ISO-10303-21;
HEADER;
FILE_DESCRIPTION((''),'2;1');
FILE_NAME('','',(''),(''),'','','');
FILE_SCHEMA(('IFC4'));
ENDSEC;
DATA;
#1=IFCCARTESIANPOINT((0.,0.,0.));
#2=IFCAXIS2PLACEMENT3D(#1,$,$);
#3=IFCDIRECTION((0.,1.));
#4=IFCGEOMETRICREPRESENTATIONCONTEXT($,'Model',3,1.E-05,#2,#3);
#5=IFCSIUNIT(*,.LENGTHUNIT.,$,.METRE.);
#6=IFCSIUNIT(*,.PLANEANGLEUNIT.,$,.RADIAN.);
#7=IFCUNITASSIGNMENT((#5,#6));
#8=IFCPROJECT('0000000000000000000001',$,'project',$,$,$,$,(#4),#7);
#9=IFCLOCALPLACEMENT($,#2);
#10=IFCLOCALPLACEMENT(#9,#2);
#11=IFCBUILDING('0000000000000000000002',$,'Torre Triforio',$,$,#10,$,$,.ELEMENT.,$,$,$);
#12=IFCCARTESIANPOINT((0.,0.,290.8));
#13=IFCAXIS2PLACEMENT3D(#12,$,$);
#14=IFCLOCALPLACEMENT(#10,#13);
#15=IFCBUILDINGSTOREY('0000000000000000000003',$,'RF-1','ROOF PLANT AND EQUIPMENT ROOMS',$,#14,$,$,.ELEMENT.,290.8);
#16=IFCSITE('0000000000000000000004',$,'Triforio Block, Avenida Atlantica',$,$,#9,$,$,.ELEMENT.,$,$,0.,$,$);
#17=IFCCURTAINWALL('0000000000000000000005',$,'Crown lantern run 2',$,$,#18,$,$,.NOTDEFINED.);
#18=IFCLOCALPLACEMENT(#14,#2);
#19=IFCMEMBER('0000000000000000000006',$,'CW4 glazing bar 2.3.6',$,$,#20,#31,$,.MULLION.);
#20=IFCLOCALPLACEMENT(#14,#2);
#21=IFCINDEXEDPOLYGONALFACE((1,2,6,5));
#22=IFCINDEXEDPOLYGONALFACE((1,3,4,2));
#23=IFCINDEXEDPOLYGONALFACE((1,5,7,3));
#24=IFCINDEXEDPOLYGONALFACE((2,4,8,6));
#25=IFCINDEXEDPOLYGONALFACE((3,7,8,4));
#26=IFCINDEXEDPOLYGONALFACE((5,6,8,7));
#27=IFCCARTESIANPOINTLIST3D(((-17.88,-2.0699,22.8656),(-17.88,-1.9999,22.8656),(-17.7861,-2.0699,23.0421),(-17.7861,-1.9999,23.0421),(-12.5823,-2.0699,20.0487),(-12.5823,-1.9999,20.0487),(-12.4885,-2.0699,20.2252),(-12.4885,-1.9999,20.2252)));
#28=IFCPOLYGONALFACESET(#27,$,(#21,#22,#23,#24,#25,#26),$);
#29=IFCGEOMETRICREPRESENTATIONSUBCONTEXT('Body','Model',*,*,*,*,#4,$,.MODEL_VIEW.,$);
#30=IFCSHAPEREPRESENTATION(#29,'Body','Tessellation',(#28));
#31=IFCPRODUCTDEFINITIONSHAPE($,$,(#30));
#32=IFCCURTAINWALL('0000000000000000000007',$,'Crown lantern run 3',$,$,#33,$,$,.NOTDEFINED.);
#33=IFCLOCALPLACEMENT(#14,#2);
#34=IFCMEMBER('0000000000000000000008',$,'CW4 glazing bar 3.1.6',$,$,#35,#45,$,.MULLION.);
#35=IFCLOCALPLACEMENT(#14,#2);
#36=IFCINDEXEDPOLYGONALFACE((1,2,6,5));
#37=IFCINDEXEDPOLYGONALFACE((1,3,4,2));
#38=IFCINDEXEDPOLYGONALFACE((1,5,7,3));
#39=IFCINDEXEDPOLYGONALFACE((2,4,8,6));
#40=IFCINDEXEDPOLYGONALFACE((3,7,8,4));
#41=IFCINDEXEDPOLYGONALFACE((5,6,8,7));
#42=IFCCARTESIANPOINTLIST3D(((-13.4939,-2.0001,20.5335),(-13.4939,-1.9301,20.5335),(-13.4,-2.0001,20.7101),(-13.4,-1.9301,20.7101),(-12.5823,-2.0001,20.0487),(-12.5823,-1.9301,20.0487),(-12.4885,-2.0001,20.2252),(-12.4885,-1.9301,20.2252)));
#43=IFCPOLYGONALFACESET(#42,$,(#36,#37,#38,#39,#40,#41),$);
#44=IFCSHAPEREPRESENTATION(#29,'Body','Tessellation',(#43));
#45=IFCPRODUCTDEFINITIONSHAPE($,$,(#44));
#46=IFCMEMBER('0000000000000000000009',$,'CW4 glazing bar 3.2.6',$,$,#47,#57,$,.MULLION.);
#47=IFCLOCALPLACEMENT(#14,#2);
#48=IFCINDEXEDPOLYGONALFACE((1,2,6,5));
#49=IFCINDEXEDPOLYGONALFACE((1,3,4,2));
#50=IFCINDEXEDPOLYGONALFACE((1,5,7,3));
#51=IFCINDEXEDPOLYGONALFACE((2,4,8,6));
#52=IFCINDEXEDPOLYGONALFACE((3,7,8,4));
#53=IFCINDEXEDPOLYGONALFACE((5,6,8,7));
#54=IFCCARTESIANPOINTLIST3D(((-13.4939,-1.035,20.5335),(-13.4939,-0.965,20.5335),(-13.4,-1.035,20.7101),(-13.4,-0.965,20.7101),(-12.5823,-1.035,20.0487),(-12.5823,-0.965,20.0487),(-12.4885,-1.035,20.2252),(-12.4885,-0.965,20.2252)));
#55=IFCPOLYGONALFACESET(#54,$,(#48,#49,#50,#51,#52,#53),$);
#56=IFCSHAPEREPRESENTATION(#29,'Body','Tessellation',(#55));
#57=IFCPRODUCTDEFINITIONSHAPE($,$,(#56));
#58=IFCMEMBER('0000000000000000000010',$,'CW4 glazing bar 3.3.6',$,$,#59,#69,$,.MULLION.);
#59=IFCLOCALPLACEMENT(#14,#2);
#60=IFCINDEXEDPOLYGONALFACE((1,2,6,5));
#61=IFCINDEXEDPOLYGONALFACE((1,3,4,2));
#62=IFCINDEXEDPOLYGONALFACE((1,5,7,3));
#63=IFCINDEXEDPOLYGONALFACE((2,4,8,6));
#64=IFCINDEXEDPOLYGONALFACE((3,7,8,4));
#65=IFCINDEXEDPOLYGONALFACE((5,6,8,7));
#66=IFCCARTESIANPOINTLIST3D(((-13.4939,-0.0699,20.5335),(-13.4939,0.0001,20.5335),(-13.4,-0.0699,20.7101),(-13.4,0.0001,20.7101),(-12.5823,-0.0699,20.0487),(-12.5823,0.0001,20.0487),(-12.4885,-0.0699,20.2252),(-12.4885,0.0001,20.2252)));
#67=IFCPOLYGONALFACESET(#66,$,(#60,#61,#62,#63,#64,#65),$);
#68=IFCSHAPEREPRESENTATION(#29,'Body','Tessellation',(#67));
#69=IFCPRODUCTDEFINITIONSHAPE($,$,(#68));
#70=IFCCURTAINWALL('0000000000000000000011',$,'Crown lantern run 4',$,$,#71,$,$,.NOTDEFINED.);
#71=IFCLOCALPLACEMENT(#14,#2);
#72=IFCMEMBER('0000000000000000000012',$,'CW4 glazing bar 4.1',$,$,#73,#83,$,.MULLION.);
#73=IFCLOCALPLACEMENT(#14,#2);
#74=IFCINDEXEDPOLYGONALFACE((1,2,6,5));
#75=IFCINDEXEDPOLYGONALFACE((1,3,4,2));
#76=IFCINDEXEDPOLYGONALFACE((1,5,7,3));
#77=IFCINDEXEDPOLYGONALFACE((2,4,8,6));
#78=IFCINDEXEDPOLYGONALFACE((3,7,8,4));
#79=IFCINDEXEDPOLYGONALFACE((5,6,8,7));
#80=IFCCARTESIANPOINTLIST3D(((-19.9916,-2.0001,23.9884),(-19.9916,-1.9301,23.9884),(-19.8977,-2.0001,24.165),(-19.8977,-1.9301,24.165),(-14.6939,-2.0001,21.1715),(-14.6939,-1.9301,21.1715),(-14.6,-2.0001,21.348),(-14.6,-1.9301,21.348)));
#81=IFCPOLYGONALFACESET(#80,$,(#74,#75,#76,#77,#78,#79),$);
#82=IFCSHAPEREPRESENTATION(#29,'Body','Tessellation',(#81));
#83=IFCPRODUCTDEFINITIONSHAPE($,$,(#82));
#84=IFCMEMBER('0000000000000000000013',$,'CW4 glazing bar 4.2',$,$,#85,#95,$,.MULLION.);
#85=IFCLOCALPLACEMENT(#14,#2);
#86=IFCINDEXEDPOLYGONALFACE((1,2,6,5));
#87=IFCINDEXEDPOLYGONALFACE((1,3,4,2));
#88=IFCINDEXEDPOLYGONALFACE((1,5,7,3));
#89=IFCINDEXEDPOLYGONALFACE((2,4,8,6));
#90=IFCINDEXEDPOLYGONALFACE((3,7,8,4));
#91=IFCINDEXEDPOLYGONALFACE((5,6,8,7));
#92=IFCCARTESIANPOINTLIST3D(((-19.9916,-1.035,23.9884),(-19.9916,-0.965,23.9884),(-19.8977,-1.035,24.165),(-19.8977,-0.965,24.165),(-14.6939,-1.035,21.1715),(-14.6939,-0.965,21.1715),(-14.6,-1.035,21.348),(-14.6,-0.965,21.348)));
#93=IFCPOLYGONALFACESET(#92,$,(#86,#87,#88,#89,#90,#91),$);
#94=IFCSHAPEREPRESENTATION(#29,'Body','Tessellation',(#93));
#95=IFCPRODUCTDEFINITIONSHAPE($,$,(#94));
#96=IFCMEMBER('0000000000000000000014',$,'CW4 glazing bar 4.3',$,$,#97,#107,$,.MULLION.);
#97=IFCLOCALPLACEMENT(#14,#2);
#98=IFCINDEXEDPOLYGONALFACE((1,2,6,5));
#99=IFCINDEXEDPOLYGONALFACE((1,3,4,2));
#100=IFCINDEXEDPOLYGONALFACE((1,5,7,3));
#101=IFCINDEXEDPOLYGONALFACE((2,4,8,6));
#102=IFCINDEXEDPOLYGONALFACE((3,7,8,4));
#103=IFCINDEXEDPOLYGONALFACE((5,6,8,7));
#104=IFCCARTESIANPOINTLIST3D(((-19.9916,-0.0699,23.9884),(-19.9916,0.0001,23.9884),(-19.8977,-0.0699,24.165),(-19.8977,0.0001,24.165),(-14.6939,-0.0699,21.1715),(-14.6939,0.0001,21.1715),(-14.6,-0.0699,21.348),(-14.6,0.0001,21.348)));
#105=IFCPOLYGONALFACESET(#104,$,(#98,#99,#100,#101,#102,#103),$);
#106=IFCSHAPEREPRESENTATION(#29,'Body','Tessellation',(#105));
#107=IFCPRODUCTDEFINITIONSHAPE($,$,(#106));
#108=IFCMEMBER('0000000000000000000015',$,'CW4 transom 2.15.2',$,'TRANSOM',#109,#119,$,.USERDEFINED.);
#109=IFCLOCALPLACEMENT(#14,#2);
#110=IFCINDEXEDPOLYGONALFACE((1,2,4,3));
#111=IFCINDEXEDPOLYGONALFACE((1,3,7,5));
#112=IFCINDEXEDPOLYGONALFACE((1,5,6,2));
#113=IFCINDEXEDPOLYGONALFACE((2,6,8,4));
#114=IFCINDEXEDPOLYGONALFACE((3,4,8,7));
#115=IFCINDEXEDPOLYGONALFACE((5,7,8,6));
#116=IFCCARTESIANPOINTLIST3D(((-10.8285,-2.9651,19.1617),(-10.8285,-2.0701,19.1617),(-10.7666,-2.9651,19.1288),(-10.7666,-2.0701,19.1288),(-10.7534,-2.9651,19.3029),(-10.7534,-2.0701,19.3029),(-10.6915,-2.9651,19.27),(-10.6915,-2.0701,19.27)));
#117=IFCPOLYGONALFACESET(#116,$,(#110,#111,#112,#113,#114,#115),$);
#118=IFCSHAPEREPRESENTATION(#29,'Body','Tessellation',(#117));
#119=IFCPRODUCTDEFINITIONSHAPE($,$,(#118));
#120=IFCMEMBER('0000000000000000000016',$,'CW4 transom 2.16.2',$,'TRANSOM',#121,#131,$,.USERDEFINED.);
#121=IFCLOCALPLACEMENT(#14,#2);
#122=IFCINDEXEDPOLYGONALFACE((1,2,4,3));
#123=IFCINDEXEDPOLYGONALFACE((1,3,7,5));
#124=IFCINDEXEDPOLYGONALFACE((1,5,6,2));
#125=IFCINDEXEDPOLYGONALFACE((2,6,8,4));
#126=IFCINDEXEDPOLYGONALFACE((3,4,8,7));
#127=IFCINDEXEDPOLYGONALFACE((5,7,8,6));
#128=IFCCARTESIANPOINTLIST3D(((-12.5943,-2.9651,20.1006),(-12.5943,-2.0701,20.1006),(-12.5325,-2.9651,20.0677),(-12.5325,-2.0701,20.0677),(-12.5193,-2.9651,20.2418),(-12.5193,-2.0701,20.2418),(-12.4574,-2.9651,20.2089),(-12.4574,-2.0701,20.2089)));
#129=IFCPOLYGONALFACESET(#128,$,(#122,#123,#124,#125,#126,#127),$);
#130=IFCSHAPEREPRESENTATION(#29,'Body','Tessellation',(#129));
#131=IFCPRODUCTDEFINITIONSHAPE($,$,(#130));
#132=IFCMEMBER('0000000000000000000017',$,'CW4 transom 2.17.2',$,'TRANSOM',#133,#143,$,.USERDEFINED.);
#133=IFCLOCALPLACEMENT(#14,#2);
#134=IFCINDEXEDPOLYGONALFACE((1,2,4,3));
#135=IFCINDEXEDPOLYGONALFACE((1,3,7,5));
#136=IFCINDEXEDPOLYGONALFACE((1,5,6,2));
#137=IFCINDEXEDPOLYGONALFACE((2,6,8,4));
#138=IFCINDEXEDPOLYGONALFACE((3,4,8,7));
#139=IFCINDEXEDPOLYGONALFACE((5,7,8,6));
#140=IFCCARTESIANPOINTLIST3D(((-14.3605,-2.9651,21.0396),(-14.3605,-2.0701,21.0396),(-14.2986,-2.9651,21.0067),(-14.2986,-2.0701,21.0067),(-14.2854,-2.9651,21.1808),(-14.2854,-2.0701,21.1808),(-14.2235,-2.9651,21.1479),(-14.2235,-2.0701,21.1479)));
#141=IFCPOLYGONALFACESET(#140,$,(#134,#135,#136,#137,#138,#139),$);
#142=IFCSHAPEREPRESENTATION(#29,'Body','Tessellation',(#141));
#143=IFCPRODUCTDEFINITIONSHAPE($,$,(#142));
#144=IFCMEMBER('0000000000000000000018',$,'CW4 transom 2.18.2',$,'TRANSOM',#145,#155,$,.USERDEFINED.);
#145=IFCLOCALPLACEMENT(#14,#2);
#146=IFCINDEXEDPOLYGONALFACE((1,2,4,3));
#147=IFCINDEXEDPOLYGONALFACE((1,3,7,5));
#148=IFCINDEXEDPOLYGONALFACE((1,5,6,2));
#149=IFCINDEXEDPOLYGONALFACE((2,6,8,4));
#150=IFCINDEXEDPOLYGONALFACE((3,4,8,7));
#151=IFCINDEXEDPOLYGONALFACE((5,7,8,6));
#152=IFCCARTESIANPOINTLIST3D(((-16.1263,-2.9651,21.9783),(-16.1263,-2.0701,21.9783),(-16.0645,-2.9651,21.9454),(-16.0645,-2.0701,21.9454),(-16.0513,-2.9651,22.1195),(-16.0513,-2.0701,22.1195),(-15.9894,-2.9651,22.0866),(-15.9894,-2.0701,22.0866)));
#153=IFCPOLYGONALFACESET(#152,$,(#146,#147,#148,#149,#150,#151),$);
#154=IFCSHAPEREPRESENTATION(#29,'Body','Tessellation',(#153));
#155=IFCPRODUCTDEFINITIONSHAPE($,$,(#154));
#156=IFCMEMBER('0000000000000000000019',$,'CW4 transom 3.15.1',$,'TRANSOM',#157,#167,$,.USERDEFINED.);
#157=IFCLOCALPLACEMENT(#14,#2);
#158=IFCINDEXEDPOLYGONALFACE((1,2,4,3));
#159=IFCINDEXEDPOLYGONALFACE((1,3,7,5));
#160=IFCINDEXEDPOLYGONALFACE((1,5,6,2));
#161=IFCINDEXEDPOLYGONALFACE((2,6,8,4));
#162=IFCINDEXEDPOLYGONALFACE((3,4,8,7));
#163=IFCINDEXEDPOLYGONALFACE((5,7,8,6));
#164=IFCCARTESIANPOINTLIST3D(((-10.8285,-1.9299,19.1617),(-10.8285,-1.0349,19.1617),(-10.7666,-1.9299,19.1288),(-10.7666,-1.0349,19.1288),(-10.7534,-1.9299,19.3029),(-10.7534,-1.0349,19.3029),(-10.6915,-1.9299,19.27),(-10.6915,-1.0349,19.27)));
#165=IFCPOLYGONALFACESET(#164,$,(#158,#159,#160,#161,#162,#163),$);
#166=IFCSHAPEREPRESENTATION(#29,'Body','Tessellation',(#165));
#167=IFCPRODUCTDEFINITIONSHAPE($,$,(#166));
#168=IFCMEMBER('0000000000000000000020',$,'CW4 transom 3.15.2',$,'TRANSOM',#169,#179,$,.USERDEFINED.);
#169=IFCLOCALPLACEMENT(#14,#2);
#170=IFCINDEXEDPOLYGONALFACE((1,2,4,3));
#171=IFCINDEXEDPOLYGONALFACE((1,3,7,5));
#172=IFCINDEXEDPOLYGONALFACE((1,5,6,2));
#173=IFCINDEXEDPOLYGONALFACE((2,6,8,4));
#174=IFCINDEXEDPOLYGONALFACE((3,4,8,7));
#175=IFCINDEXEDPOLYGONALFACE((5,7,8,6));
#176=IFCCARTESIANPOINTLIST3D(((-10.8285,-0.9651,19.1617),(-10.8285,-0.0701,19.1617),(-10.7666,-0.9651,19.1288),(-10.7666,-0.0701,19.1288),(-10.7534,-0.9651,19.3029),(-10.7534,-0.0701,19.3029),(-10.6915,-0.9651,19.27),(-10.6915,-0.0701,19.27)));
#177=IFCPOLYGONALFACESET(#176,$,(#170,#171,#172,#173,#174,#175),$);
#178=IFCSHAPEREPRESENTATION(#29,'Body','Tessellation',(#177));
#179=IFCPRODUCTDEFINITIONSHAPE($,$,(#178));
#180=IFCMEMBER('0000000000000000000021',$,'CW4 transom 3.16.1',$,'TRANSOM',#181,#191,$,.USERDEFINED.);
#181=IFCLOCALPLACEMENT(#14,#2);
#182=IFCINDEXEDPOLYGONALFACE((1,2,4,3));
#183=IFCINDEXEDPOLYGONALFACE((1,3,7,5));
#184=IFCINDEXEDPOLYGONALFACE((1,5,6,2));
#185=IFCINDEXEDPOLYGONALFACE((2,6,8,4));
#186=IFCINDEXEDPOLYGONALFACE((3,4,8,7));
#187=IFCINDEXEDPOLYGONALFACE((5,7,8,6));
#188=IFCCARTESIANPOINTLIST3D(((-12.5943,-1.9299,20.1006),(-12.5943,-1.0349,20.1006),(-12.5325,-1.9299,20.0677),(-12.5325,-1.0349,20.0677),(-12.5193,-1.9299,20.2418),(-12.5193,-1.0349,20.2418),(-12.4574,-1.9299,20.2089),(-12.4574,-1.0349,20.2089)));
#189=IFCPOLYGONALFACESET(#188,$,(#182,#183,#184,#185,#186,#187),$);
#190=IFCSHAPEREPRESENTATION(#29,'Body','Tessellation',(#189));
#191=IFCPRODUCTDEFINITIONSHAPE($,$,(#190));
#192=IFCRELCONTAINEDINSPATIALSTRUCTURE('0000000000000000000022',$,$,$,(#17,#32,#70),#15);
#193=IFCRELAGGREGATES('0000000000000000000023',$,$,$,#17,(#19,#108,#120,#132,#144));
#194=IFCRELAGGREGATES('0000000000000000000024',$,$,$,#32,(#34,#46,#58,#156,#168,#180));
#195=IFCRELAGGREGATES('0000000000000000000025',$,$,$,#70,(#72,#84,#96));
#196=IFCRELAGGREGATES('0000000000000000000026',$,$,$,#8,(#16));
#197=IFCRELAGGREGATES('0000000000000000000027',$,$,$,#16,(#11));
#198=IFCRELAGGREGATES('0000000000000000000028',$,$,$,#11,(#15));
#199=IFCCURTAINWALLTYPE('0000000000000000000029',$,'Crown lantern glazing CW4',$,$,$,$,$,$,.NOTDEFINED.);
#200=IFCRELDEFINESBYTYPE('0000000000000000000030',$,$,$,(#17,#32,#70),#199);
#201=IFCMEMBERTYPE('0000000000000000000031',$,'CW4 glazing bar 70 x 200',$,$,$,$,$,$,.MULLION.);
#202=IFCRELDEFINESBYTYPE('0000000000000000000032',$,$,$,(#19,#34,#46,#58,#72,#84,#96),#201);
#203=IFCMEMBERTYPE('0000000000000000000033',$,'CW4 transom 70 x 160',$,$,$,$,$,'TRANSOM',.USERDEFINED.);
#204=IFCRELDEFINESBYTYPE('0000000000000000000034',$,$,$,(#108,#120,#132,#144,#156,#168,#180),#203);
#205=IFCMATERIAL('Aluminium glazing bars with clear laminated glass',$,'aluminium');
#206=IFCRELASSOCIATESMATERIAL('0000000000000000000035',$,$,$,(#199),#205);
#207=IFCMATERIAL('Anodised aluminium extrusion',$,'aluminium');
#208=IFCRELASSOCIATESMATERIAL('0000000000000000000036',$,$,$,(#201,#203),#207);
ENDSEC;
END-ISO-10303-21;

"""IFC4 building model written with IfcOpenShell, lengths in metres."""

from ifc_helpers import new_model, si_unit, direction, frame, origin, origin_2d, place, context, subcontext, project, spatial, rectangle, extrude, material, material_profile, profile_set, type_object, element, aggregate, save


model = new_model("IFC4")

# Units and contexts
model_context = context("Model", 3, precision=1e-05, world=origin(), true_north=direction((0.0, 1.0)))
body_context = subcontext(model_context, "Body", "Model", "MODEL_VIEW")
ifc_project = project(units=[si_unit("LENGTHUNIT", "METRE"), si_unit("PLANEANGLEUNIT", "RADIAN")], contexts=[model_context])

# Site, building, storey
site_placement = place(None, origin())
site = spatial("IfcSite", under=ifc_project, at=site_placement, Name="Triforio Block, Avenida Atlantica", CompositionType="ELEMENT", RefElevation=0.0)
building_placement = place(site_placement, origin())
building = spatial("IfcBuilding", under=site, at=building_placement, Name="Torre Triforio", CompositionType="ELEMENT")
storey_placement = place(building_placement, frame((0.0, 0.0, 290.8)))
storey = spatial("IfcBuildingStorey", under=building, at=storey_placement, Name="RF-1", Description="ROOF PLANT AND EQUIPMENT ROOMS", CompositionType="ELEMENT", Elevation=290.8)

# Curtain wall, member
ifc_material_1 = material(Name="Aluminium glazing bars with clear laminated glass", Category="aluminium")
curtain_wall_type = type_object("IfcCurtainWallType", Name="Crown lantern glazing CW4", PredefinedType="NOTDEFINED", material=ifc_material_1)
curtain_wall_1_placement = place(storey_placement, origin())
curtain_wall_1 = element("IfcCurtainWall", 1, at=curtain_wall_1_placement, inside=storey, type_object=curtain_wall_type, Name="Crown lantern run 2", PredefinedType="NOTDEFINED")
ifc_material_2 = material(Name="Anodised aluminium extrusion", Category="aluminium")
ifc_material_profile_1 = material_profile(ifc_material_2, rectangle(XDim=0.0701, YDim=0.2, at=origin_2d()), Name="CW4 MULLION 70x200")
ifc_profile_set_1 = profile_set([ifc_material_profile_1], Name="Anodised aluminium extrusion")
member_type_1 = type_object("IfcMemberType", Name="CW4 glazing bar 70 x 200", PredefinedType="MULLION", material=ifc_profile_set_1)
member_1_placement = place(storey_placement, frame((-12.5354, -2.0349, 20.137), z_axis=(-0.88294, 0.0, 0.469485), x_axis=(0.0, -1.0, 0.0)))
member_1 = element("IfcMember", 2, at=member_1_placement, type_object=member_type_1, Name="CW4 glazing bar 2.3.6", PredefinedType="MULLION", context=body_context, shape_type="SweptSolid", body=[
    extrude(rectangle(XDim=0.0701, YDim=0.2, at=origin_2d()), origin(), (0.0, 0.0, 1.0), 6.0),
])

# Curtain walls, members
curtain_wall_2_placement = place(storey_placement, origin())
curtain_wall_2 = element("IfcCurtainWall", 3, at=curtain_wall_2_placement, inside=storey, type_object=curtain_wall_type, Name="Crown lantern run 3", PredefinedType="NOTDEFINED")
member_2_placement = place(storey_placement, frame((-12.5354, -1.9651, 20.137), z_axis=(-0.882889, 0.0, 0.469582), x_axis=(0.0, -1.0, 0.0)))
member_2 = element("IfcMember", 4, at=member_2_placement, type_object=member_type_1, Name="CW4 glazing bar 3.1.6", PredefinedType="MULLION", context=body_context, shape_type="SweptSolid", body=[
    extrude(rectangle(XDim=0.0701, YDim=0.2, at=origin_2d()), origin(), (0.0, 0.0, 1.0), 1.0325),
])
member_3_placement = place(storey_placement, frame((-12.5354, -1.0, 20.137), z_axis=(-0.882889, 0.0, 0.469582), x_axis=(0.0, -1.0, 0.0)))
member_3 = element("IfcMember", 5, at=member_3_placement, type_object=member_type_1, Name="CW4 glazing bar 3.2.6", PredefinedType="MULLION", context=body_context, shape_type="SweptSolid", body=[
    extrude(rectangle(XDim=0.0701, YDim=0.2, at=origin_2d()), origin(), (0.0, 0.0, 1.0), 1.0325),
])
member_4_placement = place(storey_placement, frame((-12.5354, -0.0349, 20.137), z_axis=(-0.882889, 0.0, 0.469582), x_axis=(0.0, -1.0, 0.0)))
member_4 = element("IfcMember", 6, at=member_4_placement, type_object=member_type_1, Name="CW4 glazing bar 3.3.6", PredefinedType="MULLION", context=body_context, shape_type="SweptSolid", body=[
    extrude(rectangle(XDim=0.0701, YDim=0.2, at=origin_2d()), origin(), (0.0, 0.0, 1.0), 1.0325),
])
curtain_wall_3_placement = place(storey_placement, origin())
curtain_wall_3 = element("IfcCurtainWall", 7, at=curtain_wall_3_placement, inside=storey, type_object=curtain_wall_type, Name="Crown lantern run 4", PredefinedType="NOTDEFINED")
member_5_placement = place(storey_placement, frame((-14.647, -1.9651, 21.2598), z_axis=(-0.88294, 0.0, 0.469485), x_axis=(0.0, -1.0, 0.0)))
member_5 = element("IfcMember", 8, at=member_5_placement, type_object=member_type_1, Name="CW4 glazing bar 4.1", PredefinedType="MULLION", context=body_context, shape_type="SweptSolid", body=[
    extrude(rectangle(XDim=0.0701, YDim=0.2, at=origin_2d()), origin(), (0.0, 0.0, 1.0), 6.0),
])
member_6_placement = place(storey_placement, frame((-14.647, -1.0, 21.2598), z_axis=(-0.88294, 0.0, 0.469485), x_axis=(0.0, -1.0, 0.0)))
member_6 = element("IfcMember", 9, at=member_6_placement, type_object=member_type_1, Name="CW4 glazing bar 4.2", PredefinedType="MULLION", context=body_context, shape_type="SweptSolid", body=[
    extrude(rectangle(XDim=0.0701, YDim=0.2, at=origin_2d()), origin(), (0.0, 0.0, 1.0), 6.0),
])
member_7_placement = place(storey_placement, frame((-14.647, -0.0349, 21.2598), z_axis=(-0.88294, 0.0, 0.469485), x_axis=(0.0, -1.0, 0.0)))
member_7 = element("IfcMember", 10, at=member_7_placement, type_object=member_type_1, Name="CW4 glazing bar 4.3", PredefinedType="MULLION", context=body_context, shape_type="SweptSolid", body=[
    extrude(rectangle(XDim=0.0701, YDim=0.2, at=origin_2d()), origin(), (0.0, 0.0, 1.0), 6.0),
])

# Members
ifc_material_profile_2 = material_profile(ifc_material_2, rectangle(XDim=0.0701, YDim=0.1599, at=origin_2d()), Name="CW4 TRANSOM 70x160")
ifc_profile_set_2 = profile_set([ifc_material_profile_2], Name="Anodised aluminium extrusion")
member_type_2 = type_object("IfcMemberType", Name="CW4 transom 70 x 160", ElementType="TRANSOM", PredefinedType="USERDEFINED", material=ifc_profile_set_2)
member_8_placement = place(storey_placement, frame((-10.76, -2.9651, 19.2158), z_axis=(0.0, 1.0, 0.0), x_axis=(-0.882948, 0.0, 0.469472)))
member_8 = element("IfcMember", 11, at=member_8_placement, type_object=member_type_2, Name="CW4 transom 2.15.2", ObjectType="TRANSOM", PredefinedType="USERDEFINED", context=body_context, shape_type="SweptSolid", body=[
    extrude(rectangle(XDim=0.0701, YDim=0.1599, at=origin_2d()), origin(), (0.0, 0.0, 1.0), 0.895),
])
member_9_placement = place(storey_placement, frame((-12.5259, -2.9651, 20.1548), z_axis=(0.0, 1.0, 0.0), x_axis=(-0.882948, 0.0, 0.469472)))
member_9 = element("IfcMember", 12, at=member_9_placement, type_object=member_type_2, Name="CW4 transom 2.16.2", ObjectType="TRANSOM", PredefinedType="USERDEFINED", context=body_context, shape_type="SweptSolid", body=[
    extrude(rectangle(XDim=0.0701, YDim=0.1599, at=origin_2d()), origin(), (0.0, 0.0, 1.0), 0.895),
])
member_10_placement = place(storey_placement, frame((-14.292, -2.9651, 21.0938), z_axis=(0.0, 1.0, 0.0), x_axis=(-0.882948, 0.0, 0.469472)))
member_10 = element("IfcMember", 13, at=member_10_placement, type_object=member_type_2, Name="CW4 transom 2.17.2", ObjectType="TRANSOM", PredefinedType="USERDEFINED", context=body_context, shape_type="SweptSolid", body=[
    extrude(rectangle(XDim=0.0701, YDim=0.1599, at=origin_2d()), origin(), (0.0, 0.0, 1.0), 0.895),
])
member_11_placement = place(storey_placement, frame((-16.0579, -2.9651, 22.0325), z_axis=(0.0, 1.0, 0.0), x_axis=(-0.882948, 0.0, 0.469472)))
member_11 = element("IfcMember", 14, at=member_11_placement, type_object=member_type_2, Name="CW4 transom 2.18.2", ObjectType="TRANSOM", PredefinedType="USERDEFINED", context=body_context, shape_type="SweptSolid", body=[
    extrude(rectangle(XDim=0.0701, YDim=0.1599, at=origin_2d()), origin(), (0.0, 0.0, 1.0), 0.895),
])
member_12_placement = place(storey_placement, frame((-10.76, -1.9299, 19.2158), z_axis=(0.0, 1.0, 0.0), x_axis=(-0.882948, 0.0, 0.469472)))
member_12 = element("IfcMember", 15, at=member_12_placement, type_object=member_type_2, Name="CW4 transom 3.15.1", ObjectType="TRANSOM", PredefinedType="USERDEFINED", context=body_context, shape_type="SweptSolid", body=[
    extrude(rectangle(XDim=0.0701, YDim=0.1599, at=origin_2d()), origin(), (0.0, 0.0, 1.0), 0.895),
])
member_13_placement = place(storey_placement, frame((-10.76, -0.9651, 19.2158), z_axis=(0.0, 1.0, 0.0), x_axis=(-0.882948, 0.0, 0.469472)))
member_13 = element("IfcMember", 16, at=member_13_placement, type_object=member_type_2, Name="CW4 transom 3.15.2", ObjectType="TRANSOM", PredefinedType="USERDEFINED", context=body_context, shape_type="SweptSolid", body=[
    extrude(rectangle(XDim=0.0701, YDim=0.1599, at=origin_2d()), origin(), (0.0, 0.0, 1.0), 0.895),
])
member_14_placement = place(storey_placement, frame((-12.5259, -1.9299, 20.1548), z_axis=(0.0, 1.0, 0.0), x_axis=(-0.882948, 0.0, 0.469472)))
member_14 = element("IfcMember", 17, at=member_14_placement, type_object=member_type_2, Name="CW4 transom 3.16.1", ObjectType="TRANSOM", PredefinedType="USERDEFINED", context=body_context, shape_type="SweptSolid", body=[
    extrude(rectangle(XDim=0.0701, YDim=0.1599, at=origin_2d()), origin(), (0.0, 0.0, 1.0), 0.895),
])

aggregate(curtain_wall_1, [member_1, member_8, member_9, member_10, member_11])
aggregate(curtain_wall_2, [member_2, member_3, member_4, member_12, member_13, member_14])
aggregate(curtain_wall_3, [member_5, member_6, member_7])

save(model, "model.ifc")
